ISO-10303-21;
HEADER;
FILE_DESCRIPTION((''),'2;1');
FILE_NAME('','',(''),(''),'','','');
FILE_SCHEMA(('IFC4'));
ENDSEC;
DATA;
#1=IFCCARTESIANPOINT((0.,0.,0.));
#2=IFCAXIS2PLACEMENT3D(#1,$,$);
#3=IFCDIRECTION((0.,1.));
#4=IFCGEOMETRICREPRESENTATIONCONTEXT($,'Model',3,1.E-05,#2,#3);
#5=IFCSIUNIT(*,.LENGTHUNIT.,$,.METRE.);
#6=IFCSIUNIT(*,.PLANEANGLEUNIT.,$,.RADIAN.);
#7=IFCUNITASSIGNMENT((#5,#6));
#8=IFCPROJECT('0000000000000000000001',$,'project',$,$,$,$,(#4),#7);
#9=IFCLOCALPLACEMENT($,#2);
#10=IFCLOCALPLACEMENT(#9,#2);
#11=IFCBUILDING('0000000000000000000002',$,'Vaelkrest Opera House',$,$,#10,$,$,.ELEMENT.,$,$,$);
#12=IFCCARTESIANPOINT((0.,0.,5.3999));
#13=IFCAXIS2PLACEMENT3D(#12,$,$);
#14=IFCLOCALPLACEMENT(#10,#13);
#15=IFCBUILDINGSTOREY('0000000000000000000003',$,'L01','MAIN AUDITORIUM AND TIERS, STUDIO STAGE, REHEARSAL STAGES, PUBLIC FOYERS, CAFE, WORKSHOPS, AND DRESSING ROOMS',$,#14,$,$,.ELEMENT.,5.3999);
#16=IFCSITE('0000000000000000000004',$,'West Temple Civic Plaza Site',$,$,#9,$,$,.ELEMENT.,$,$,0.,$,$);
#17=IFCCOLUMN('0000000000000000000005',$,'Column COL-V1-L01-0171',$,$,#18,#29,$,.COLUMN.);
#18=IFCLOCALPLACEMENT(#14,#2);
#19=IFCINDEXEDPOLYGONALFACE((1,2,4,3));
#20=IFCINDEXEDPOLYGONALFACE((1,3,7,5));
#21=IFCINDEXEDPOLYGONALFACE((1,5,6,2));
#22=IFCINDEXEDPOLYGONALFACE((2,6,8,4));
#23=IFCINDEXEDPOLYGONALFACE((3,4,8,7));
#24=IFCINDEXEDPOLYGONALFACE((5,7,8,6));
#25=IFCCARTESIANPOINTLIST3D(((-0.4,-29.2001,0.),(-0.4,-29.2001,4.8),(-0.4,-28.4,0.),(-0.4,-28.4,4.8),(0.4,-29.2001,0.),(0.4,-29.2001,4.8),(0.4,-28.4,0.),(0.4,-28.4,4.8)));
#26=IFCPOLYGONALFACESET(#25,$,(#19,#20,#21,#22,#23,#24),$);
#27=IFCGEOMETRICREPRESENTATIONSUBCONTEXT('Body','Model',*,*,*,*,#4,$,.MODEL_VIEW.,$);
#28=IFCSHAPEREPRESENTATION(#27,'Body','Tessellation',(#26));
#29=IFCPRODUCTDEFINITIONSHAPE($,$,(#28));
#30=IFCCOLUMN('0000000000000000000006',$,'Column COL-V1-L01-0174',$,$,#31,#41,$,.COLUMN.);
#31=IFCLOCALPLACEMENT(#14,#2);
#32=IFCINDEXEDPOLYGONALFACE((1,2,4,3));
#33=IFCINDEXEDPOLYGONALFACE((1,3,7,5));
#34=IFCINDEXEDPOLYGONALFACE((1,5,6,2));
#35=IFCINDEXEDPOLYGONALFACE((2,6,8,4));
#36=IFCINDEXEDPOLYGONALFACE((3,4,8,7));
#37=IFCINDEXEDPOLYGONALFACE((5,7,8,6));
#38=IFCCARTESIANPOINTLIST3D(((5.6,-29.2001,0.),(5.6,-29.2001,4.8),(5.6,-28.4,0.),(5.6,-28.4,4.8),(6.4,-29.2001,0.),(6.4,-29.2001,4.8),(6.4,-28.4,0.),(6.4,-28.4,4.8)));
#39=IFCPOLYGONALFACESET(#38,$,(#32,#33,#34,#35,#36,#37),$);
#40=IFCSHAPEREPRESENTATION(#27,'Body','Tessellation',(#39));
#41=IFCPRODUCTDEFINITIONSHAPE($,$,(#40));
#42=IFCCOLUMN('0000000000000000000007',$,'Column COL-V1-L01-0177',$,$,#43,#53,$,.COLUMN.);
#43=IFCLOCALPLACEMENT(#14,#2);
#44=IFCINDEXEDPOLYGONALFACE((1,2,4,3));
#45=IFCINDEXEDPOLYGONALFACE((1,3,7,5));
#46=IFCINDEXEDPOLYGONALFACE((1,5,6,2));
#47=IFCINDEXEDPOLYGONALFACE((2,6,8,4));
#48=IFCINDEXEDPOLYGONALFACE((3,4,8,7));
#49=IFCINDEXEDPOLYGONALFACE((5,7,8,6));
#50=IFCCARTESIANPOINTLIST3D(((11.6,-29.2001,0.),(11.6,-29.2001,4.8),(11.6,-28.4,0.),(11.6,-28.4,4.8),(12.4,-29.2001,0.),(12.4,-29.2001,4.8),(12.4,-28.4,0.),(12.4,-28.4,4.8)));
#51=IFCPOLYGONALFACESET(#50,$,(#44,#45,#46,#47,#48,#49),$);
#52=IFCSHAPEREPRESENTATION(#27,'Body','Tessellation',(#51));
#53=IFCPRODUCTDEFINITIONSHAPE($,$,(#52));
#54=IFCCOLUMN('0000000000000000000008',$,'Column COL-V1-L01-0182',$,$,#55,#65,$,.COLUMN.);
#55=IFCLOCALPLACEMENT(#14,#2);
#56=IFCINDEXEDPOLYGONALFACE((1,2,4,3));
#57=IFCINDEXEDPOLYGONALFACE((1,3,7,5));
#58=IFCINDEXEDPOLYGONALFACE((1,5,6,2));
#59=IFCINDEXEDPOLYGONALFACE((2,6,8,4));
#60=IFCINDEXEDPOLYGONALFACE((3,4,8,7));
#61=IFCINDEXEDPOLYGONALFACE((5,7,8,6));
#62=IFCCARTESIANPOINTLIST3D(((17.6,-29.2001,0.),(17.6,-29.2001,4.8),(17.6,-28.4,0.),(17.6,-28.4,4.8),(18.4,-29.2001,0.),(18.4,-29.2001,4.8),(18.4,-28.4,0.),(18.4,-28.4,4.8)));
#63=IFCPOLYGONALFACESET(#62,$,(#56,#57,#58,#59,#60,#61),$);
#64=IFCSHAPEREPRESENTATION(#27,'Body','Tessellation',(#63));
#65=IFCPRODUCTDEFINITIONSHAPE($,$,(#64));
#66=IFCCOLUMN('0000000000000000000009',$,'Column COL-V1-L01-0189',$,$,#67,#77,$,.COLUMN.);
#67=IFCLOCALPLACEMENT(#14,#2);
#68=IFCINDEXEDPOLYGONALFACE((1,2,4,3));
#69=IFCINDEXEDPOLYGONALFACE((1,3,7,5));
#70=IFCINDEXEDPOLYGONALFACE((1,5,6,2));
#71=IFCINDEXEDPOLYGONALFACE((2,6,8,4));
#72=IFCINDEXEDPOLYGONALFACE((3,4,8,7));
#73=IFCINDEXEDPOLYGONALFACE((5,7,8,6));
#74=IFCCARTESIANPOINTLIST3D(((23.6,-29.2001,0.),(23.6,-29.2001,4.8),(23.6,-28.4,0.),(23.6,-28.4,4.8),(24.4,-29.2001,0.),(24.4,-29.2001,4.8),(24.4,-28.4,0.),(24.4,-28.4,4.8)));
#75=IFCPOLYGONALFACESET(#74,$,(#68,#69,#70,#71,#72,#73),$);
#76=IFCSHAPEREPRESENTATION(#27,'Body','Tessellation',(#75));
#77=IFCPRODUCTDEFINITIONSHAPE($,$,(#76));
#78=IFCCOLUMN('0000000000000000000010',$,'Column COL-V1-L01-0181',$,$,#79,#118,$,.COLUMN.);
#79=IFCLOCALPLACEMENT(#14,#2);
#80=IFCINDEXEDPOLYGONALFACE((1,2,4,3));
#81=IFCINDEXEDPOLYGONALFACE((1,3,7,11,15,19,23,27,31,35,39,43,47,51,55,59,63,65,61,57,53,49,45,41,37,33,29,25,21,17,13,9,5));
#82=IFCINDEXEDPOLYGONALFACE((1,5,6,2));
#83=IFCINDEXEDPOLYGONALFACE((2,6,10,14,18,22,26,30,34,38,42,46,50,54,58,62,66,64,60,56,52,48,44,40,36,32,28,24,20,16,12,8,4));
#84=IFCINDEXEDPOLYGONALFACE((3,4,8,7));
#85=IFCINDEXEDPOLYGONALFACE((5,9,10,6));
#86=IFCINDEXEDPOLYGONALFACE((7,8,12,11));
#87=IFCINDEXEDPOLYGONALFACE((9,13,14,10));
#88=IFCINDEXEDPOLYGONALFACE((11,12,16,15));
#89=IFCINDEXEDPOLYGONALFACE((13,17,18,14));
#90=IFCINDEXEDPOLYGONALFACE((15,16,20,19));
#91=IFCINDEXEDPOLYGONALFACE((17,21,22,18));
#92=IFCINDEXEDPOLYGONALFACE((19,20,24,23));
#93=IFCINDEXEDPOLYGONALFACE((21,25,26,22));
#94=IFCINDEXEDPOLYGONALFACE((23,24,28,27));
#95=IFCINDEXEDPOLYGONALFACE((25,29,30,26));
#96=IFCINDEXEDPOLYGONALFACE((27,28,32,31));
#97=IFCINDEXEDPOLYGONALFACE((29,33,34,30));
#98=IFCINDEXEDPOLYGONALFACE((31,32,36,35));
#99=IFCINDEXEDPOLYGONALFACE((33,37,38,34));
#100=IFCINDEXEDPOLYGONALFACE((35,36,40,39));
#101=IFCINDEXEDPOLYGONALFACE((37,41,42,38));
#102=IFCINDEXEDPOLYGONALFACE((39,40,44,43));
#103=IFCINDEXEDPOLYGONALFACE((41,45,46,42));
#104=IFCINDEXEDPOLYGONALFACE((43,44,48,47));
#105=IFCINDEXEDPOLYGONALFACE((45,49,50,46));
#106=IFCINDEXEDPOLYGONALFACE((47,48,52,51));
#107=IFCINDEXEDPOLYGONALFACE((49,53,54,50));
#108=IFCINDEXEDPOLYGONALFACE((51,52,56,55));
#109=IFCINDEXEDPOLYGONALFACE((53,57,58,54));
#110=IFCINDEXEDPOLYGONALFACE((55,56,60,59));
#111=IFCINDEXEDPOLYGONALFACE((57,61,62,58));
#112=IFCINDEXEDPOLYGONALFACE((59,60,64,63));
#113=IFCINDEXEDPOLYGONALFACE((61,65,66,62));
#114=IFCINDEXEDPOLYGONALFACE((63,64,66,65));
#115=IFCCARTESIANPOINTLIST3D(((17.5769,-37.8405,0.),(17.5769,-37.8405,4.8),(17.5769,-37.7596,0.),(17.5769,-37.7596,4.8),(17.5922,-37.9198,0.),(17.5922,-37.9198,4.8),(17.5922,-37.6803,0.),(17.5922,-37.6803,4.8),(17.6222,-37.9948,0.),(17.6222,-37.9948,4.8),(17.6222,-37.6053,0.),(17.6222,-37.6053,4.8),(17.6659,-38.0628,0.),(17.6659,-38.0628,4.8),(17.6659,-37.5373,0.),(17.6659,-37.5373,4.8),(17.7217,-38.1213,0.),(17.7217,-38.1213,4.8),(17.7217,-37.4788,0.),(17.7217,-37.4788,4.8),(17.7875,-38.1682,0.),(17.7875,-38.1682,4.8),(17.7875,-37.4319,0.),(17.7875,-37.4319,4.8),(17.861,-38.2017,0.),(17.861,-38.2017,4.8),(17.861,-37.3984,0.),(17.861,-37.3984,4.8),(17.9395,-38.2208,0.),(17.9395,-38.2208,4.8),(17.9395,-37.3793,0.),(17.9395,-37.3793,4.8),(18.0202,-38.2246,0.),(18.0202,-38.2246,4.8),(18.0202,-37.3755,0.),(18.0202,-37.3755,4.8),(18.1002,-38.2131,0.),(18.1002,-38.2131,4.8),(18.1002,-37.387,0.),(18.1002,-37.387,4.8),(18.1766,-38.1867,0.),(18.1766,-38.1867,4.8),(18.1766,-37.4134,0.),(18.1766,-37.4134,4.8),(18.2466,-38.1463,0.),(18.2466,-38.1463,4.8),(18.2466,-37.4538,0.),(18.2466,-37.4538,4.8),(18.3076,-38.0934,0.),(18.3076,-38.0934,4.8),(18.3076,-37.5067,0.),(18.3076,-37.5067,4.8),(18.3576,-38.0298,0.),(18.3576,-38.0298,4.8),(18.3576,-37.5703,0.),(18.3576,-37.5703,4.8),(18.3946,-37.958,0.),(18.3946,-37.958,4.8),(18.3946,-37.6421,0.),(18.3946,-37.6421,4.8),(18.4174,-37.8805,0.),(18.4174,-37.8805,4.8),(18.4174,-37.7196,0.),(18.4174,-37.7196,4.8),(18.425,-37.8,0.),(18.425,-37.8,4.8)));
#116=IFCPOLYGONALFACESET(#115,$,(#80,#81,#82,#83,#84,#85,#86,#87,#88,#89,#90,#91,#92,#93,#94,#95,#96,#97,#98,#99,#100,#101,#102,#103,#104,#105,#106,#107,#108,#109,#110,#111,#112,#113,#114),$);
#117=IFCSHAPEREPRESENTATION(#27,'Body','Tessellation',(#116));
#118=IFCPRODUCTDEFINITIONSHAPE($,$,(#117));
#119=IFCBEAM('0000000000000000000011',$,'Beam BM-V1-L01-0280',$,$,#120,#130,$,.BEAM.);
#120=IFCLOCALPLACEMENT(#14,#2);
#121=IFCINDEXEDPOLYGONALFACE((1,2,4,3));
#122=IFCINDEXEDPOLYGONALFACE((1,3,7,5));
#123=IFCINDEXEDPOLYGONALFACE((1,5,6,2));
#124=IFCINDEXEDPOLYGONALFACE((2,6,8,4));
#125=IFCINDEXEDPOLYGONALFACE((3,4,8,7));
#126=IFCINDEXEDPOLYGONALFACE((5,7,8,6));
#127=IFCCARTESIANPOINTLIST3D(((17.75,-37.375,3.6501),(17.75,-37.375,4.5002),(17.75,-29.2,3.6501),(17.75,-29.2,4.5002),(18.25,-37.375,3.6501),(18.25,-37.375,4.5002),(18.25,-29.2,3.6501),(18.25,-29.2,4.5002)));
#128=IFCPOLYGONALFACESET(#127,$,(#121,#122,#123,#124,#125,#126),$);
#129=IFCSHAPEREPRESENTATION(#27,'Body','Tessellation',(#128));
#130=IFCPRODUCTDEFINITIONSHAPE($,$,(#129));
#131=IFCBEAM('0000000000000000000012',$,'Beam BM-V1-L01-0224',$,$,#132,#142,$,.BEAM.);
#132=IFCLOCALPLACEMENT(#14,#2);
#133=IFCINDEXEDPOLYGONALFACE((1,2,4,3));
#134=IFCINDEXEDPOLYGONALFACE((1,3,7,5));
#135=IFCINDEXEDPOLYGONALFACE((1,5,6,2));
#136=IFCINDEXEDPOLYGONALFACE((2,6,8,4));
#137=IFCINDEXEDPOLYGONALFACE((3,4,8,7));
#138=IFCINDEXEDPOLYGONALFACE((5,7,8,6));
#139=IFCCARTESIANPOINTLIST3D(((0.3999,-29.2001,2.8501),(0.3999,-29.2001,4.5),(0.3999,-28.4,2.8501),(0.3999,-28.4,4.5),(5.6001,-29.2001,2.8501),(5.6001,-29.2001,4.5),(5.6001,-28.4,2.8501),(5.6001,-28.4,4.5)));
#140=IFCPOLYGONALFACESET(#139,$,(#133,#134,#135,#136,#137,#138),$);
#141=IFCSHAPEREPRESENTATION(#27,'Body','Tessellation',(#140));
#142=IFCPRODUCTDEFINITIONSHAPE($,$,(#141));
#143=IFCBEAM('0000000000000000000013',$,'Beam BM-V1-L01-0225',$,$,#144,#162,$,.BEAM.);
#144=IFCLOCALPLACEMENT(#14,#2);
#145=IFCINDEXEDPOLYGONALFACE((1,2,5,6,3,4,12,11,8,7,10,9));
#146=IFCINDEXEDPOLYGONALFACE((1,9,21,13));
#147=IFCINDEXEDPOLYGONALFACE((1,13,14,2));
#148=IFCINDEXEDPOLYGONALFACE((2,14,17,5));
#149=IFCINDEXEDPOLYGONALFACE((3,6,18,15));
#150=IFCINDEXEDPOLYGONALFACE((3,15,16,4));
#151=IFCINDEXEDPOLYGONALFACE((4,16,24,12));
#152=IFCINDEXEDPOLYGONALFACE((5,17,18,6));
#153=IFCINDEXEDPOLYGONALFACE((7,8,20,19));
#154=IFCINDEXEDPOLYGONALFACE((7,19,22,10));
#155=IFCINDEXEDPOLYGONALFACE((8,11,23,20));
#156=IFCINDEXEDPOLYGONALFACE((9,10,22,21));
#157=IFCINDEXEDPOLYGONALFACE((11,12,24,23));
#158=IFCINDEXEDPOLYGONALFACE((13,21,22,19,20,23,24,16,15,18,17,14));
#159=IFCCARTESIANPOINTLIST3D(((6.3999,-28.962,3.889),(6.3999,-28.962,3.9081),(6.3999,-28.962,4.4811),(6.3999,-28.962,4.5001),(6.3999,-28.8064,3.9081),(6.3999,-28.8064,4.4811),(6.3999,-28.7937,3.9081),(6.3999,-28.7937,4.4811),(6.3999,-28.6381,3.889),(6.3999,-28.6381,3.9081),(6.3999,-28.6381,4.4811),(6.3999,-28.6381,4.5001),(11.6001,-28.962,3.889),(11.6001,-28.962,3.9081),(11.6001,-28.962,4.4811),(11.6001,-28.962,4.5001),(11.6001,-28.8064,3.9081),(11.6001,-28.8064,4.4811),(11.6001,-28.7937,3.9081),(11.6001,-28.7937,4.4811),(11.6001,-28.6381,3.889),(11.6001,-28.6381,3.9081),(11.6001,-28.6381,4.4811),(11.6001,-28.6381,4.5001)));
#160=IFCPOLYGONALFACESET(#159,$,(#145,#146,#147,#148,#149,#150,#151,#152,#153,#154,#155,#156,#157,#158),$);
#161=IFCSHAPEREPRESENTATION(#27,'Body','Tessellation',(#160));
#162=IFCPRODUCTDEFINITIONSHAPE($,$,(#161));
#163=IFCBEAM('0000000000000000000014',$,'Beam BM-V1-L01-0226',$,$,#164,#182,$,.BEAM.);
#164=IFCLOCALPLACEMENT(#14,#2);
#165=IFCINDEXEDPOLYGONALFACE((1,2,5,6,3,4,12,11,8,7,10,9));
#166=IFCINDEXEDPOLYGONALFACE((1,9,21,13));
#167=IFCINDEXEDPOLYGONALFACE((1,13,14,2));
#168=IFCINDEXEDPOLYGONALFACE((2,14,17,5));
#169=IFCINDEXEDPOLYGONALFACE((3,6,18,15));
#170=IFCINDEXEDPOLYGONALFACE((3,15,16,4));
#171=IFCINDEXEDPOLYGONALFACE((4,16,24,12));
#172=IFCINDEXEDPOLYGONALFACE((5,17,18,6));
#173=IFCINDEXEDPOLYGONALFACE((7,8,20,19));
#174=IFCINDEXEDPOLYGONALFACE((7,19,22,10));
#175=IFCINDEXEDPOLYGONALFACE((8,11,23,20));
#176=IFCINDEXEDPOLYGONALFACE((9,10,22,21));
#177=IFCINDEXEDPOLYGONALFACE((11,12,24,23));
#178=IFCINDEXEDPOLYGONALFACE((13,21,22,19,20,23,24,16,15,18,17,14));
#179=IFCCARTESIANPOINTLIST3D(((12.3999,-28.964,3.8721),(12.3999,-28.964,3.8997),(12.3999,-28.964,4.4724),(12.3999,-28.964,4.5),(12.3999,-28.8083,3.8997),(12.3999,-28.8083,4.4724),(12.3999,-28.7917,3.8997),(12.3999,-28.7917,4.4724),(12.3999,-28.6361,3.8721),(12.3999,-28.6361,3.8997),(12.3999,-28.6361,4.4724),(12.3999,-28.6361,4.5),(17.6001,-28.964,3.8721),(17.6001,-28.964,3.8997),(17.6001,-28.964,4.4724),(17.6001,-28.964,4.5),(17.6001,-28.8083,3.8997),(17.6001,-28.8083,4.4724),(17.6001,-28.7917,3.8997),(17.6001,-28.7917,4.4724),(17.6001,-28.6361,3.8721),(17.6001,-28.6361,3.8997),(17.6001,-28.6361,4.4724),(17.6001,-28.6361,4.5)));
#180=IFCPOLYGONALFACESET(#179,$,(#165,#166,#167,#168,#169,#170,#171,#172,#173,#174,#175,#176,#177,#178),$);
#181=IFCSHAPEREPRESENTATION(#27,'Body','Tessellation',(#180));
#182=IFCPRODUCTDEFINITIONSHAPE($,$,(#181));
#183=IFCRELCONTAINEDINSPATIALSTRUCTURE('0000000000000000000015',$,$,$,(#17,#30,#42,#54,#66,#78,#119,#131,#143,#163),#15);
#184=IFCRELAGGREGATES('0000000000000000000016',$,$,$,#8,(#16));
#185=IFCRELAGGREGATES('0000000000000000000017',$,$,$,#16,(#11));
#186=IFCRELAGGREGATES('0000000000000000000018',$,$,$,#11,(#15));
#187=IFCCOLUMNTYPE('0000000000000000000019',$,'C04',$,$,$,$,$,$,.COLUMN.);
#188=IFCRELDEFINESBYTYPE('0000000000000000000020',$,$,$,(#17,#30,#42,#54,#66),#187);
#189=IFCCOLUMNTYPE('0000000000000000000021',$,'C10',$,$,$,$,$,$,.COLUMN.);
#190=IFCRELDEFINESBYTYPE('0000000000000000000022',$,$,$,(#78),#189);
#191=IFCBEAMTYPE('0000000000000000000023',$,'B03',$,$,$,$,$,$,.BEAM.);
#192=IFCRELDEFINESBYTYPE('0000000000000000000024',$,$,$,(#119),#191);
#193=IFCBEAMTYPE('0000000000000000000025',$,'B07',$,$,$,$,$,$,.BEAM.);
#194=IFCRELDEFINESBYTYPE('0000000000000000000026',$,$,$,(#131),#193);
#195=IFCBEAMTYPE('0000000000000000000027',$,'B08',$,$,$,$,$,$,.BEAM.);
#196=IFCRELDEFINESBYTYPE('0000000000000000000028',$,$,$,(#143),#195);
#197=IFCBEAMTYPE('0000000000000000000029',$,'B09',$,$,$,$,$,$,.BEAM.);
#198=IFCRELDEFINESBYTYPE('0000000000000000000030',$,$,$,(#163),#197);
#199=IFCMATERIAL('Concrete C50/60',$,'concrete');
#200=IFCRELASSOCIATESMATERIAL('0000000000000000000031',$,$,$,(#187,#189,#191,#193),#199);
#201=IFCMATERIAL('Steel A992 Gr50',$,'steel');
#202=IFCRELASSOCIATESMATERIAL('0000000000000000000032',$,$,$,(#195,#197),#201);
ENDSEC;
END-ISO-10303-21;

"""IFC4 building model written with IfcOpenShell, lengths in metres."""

from ifc_helpers import new_model, si_unit, direction, frame, origin, origin_2d, place, context, subcontext, project, spatial, rectangle, circle, i_section, extrude, material, material_profile, profile_set, type_object, element, save


model = new_model("IFC4")

# Units and contexts
model_context = context("Model", 3, precision=1e-05, world=origin(), true_north=direction((0.0, 1.0)))
body_context = subcontext(model_context, "Body", "Model", "MODEL_VIEW")
ifc_project = project(units=[si_unit("LENGTHUNIT", "METRE"), si_unit("PLANEANGLEUNIT", "RADIAN")], contexts=[model_context])

# Site, building, storey
site_placement = place(None, origin())
site = spatial("IfcSite", under=ifc_project, at=site_placement, Name="West Temple Civic Plaza Site", CompositionType="ELEMENT", RefElevation=0.0)
building_placement = place(site_placement, origin())
building = spatial("IfcBuilding", under=site, at=building_placement, Name="Vaelkrest Opera House", CompositionType="ELEMENT")
storey_placement = place(building_placement, frame((0.0, 0.0, 5.3999)))
storey = spatial("IfcBuildingStorey", under=building, at=storey_placement, Name="L01", Description="MAIN AUDITORIUM AND TIERS, STUDIO STAGE, REHEARSAL STAGES, PUBLIC FOYERS, CAFE, WORKSHOPS, AND DRESSING ROOMS", CompositionType="ELEMENT", Elevation=5.3999)

# Columns
ifc_material_1 = material(Name="Concrete C50/60", Category="concrete")
ifc_material_profile_1 = material_profile(ifc_material_1, rectangle(XDim=0.8, YDim=0.8, at=origin_2d()), Name="RC800X800")
ifc_profile_set_1 = profile_set([ifc_material_profile_1], Name="Concrete C50/60")
column_type_1 = type_object("IfcColumnType", Name="C04", PredefinedType="COLUMN", material=ifc_profile_set_1)
for number, where, z_axis, x_axis, name in (
    (1, (0.0, -28.8, 0.0), (0.0, 0.0, 1.0), (1.0, 0.0, 0.0), "Column COL-V1-L01-0171"),
    (2, (6.0, -28.8, 0.0), (0.0, 0.0, 1.0), (1.0, 0.0, 0.0), "Column COL-V1-L01-0174"),
    (3, (12.0, -28.8, 0.0), (0.0, 0.0, 1.0), (1.0, 0.0, 0.0), "Column COL-V1-L01-0177"),
    (4, (18.0, -28.8, 0.0), (0.0, 0.0, 1.0), (1.0, 0.0, 0.0), "Column COL-V1-L01-0182"),
    (5, (24.0, -28.8, 0.0), (0.0, 0.0, 1.0), (1.0, 0.0, 0.0), "Column COL-V1-L01-0189"),
):
    element("IfcColumn", number, at=place(storey_placement, frame(where, z_axis=z_axis, x_axis=x_axis)), inside=storey, type_object=column_type_1, Name=name, PredefinedType="COLUMN", context=body_context, shape_type="SweptSolid", body=[
        extrude(rectangle(XDim=0.8, YDim=0.8, at=origin_2d()), origin(), (0.0, 0.0, 1.0), 4.8),
    ])
ifc_material_profile_2 = material_profile(ifc_material_1, circle(Radius=0.425, at=origin_2d()), Name="RCD850")
ifc_profile_set_2 = profile_set([ifc_material_profile_2], Name="Concrete C50/60")
column_type_2 = type_object("IfcColumnType", Name="C10", PredefinedType="COLUMN", material=ifc_profile_set_2)
column_placement = place(storey_placement, frame((18.0, -37.8, 0.0), z_axis=(0.0, 0.0, 1.0), x_axis=(1.0, 0.0, 0.0)))
element("IfcColumn", 6, at=column_placement, inside=storey, type_object=column_type_2, Name="Column COL-V1-L01-0181", PredefinedType="COLUMN", context=body_context, shape_type="SweptSolid", body=[
    extrude(circle(Radius=0.425, at=origin_2d()), origin(), (0.0, 0.0, 1.0), 4.8),
])

# Beams
ifc_material_profile_3 = material_profile(ifc_material_1, rectangle(XDim=0.5, YDim=0.8501, at=origin_2d()), Name="RCB500X850")
ifc_profile_set_3 = profile_set([ifc_material_profile_3], Name="Concrete C50/60")
beam_type_1 = type_object("IfcBeamType", Name="B03", PredefinedType="BEAM", material=ifc_profile_set_3)
beam_1_placement = place(storey_placement, frame((18.0, -37.375, 4.0752), z_axis=(0.0, 1.0, 0.0), x_axis=(-1.0, 0.0, 0.0)))
element("IfcBeam", 7, at=beam_1_placement, inside=storey, type_object=beam_type_1, Name="Beam BM-V1-L01-0280", PredefinedType="BEAM", context=body_context, shape_type="SweptSolid", body=[
    extrude(rectangle(XDim=0.5, YDim=0.8501, at=origin_2d()), origin(), (0.0, 0.0, 1.0), 8.175),
])
ifc_material_profile_4 = material_profile(ifc_material_1, rectangle(XDim=0.8, YDim=1.6499, at=origin_2d()), Name="RCB800X1650")
ifc_profile_set_4 = profile_set([ifc_material_profile_4], Name="Concrete C50/60")
beam_type_2 = type_object("IfcBeamType", Name="B07", PredefinedType="BEAM", material=ifc_profile_set_4)
beam_2_placement = place(storey_placement, frame((0.3999, -28.8, 3.675), z_axis=(1.0, 0.0, 0.0), x_axis=(0.0, 1.0, 0.0)))
element("IfcBeam", 8, at=beam_2_placement, inside=storey, type_object=beam_type_2, Name="Beam BM-V1-L01-0224", PredefinedType="BEAM", context=body_context, shape_type="SweptSolid", body=[
    extrude(rectangle(XDim=0.8, YDim=1.6499, at=origin_2d()), origin(), (0.0, 0.0, 1.0), 5.2002),
])
ifc_material_2 = material(Name="Steel A992 Gr50", Category="steel")
ifc_material_profile_5 = material_profile(ifc_material_2, i_section(OverallWidth=0.324, OverallDepth=0.6111, WebThickness=0.0127, FlangeThickness=0.019, at=origin_2d()), Name="W24X104")
ifc_profile_set_5 = profile_set([ifc_material_profile_5], Name="Steel A992 Gr50")
beam_type_3 = type_object("IfcBeamType", Name="B08", PredefinedType="BEAM", material=ifc_profile_set_5)
beam_3_placement = place(storey_placement, frame((6.3999, -28.8, 4.1946), z_axis=(1.0, 0.0, 0.0), x_axis=(0.0, 1.0, 0.0)))
element("IfcBeam", 9, at=beam_3_placement, inside=storey, type_object=beam_type_3, Name="Beam BM-V1-L01-0225", PredefinedType="BEAM", context=body_context, shape_type="SweptSolid", body=[
    extrude(i_section(OverallWidth=0.324, OverallDepth=0.6111, WebThickness=0.0127, FlangeThickness=0.019, at=origin_2d()), origin(), (0.0, 0.0, 1.0), 5.2002),
])
ifc_material_profile_6 = material_profile(ifc_material_2, i_section(OverallWidth=0.3279, OverallDepth=0.6279, WebThickness=0.0166, FlangeThickness=0.0276, at=origin_2d()), Name="W24X146")
ifc_profile_set_6 = profile_set([ifc_material_profile_6], Name="Steel A992 Gr50")
beam_type_4 = type_object("IfcBeamType", Name="B09", PredefinedType="BEAM", material=ifc_profile_set_6)
beam_4_placement = place(storey_placement, frame((12.3999, -28.8, 4.186), z_axis=(1.0, 0.0, 0.0), x_axis=(0.0, 1.0, 0.0)))
element("IfcBeam", 10, at=beam_4_placement, inside=storey, type_object=beam_type_4, Name="Beam BM-V1-L01-0226", PredefinedType="BEAM", context=body_context, shape_type="SweptSolid", body=[
    extrude(i_section(OverallWidth=0.3279, OverallDepth=0.6279, WebThickness=0.0166, FlangeThickness=0.0276, at=origin_2d()), origin(), (0.0, 0.0, 1.0), 5.2002),
])

save(model, "model.ifc")
